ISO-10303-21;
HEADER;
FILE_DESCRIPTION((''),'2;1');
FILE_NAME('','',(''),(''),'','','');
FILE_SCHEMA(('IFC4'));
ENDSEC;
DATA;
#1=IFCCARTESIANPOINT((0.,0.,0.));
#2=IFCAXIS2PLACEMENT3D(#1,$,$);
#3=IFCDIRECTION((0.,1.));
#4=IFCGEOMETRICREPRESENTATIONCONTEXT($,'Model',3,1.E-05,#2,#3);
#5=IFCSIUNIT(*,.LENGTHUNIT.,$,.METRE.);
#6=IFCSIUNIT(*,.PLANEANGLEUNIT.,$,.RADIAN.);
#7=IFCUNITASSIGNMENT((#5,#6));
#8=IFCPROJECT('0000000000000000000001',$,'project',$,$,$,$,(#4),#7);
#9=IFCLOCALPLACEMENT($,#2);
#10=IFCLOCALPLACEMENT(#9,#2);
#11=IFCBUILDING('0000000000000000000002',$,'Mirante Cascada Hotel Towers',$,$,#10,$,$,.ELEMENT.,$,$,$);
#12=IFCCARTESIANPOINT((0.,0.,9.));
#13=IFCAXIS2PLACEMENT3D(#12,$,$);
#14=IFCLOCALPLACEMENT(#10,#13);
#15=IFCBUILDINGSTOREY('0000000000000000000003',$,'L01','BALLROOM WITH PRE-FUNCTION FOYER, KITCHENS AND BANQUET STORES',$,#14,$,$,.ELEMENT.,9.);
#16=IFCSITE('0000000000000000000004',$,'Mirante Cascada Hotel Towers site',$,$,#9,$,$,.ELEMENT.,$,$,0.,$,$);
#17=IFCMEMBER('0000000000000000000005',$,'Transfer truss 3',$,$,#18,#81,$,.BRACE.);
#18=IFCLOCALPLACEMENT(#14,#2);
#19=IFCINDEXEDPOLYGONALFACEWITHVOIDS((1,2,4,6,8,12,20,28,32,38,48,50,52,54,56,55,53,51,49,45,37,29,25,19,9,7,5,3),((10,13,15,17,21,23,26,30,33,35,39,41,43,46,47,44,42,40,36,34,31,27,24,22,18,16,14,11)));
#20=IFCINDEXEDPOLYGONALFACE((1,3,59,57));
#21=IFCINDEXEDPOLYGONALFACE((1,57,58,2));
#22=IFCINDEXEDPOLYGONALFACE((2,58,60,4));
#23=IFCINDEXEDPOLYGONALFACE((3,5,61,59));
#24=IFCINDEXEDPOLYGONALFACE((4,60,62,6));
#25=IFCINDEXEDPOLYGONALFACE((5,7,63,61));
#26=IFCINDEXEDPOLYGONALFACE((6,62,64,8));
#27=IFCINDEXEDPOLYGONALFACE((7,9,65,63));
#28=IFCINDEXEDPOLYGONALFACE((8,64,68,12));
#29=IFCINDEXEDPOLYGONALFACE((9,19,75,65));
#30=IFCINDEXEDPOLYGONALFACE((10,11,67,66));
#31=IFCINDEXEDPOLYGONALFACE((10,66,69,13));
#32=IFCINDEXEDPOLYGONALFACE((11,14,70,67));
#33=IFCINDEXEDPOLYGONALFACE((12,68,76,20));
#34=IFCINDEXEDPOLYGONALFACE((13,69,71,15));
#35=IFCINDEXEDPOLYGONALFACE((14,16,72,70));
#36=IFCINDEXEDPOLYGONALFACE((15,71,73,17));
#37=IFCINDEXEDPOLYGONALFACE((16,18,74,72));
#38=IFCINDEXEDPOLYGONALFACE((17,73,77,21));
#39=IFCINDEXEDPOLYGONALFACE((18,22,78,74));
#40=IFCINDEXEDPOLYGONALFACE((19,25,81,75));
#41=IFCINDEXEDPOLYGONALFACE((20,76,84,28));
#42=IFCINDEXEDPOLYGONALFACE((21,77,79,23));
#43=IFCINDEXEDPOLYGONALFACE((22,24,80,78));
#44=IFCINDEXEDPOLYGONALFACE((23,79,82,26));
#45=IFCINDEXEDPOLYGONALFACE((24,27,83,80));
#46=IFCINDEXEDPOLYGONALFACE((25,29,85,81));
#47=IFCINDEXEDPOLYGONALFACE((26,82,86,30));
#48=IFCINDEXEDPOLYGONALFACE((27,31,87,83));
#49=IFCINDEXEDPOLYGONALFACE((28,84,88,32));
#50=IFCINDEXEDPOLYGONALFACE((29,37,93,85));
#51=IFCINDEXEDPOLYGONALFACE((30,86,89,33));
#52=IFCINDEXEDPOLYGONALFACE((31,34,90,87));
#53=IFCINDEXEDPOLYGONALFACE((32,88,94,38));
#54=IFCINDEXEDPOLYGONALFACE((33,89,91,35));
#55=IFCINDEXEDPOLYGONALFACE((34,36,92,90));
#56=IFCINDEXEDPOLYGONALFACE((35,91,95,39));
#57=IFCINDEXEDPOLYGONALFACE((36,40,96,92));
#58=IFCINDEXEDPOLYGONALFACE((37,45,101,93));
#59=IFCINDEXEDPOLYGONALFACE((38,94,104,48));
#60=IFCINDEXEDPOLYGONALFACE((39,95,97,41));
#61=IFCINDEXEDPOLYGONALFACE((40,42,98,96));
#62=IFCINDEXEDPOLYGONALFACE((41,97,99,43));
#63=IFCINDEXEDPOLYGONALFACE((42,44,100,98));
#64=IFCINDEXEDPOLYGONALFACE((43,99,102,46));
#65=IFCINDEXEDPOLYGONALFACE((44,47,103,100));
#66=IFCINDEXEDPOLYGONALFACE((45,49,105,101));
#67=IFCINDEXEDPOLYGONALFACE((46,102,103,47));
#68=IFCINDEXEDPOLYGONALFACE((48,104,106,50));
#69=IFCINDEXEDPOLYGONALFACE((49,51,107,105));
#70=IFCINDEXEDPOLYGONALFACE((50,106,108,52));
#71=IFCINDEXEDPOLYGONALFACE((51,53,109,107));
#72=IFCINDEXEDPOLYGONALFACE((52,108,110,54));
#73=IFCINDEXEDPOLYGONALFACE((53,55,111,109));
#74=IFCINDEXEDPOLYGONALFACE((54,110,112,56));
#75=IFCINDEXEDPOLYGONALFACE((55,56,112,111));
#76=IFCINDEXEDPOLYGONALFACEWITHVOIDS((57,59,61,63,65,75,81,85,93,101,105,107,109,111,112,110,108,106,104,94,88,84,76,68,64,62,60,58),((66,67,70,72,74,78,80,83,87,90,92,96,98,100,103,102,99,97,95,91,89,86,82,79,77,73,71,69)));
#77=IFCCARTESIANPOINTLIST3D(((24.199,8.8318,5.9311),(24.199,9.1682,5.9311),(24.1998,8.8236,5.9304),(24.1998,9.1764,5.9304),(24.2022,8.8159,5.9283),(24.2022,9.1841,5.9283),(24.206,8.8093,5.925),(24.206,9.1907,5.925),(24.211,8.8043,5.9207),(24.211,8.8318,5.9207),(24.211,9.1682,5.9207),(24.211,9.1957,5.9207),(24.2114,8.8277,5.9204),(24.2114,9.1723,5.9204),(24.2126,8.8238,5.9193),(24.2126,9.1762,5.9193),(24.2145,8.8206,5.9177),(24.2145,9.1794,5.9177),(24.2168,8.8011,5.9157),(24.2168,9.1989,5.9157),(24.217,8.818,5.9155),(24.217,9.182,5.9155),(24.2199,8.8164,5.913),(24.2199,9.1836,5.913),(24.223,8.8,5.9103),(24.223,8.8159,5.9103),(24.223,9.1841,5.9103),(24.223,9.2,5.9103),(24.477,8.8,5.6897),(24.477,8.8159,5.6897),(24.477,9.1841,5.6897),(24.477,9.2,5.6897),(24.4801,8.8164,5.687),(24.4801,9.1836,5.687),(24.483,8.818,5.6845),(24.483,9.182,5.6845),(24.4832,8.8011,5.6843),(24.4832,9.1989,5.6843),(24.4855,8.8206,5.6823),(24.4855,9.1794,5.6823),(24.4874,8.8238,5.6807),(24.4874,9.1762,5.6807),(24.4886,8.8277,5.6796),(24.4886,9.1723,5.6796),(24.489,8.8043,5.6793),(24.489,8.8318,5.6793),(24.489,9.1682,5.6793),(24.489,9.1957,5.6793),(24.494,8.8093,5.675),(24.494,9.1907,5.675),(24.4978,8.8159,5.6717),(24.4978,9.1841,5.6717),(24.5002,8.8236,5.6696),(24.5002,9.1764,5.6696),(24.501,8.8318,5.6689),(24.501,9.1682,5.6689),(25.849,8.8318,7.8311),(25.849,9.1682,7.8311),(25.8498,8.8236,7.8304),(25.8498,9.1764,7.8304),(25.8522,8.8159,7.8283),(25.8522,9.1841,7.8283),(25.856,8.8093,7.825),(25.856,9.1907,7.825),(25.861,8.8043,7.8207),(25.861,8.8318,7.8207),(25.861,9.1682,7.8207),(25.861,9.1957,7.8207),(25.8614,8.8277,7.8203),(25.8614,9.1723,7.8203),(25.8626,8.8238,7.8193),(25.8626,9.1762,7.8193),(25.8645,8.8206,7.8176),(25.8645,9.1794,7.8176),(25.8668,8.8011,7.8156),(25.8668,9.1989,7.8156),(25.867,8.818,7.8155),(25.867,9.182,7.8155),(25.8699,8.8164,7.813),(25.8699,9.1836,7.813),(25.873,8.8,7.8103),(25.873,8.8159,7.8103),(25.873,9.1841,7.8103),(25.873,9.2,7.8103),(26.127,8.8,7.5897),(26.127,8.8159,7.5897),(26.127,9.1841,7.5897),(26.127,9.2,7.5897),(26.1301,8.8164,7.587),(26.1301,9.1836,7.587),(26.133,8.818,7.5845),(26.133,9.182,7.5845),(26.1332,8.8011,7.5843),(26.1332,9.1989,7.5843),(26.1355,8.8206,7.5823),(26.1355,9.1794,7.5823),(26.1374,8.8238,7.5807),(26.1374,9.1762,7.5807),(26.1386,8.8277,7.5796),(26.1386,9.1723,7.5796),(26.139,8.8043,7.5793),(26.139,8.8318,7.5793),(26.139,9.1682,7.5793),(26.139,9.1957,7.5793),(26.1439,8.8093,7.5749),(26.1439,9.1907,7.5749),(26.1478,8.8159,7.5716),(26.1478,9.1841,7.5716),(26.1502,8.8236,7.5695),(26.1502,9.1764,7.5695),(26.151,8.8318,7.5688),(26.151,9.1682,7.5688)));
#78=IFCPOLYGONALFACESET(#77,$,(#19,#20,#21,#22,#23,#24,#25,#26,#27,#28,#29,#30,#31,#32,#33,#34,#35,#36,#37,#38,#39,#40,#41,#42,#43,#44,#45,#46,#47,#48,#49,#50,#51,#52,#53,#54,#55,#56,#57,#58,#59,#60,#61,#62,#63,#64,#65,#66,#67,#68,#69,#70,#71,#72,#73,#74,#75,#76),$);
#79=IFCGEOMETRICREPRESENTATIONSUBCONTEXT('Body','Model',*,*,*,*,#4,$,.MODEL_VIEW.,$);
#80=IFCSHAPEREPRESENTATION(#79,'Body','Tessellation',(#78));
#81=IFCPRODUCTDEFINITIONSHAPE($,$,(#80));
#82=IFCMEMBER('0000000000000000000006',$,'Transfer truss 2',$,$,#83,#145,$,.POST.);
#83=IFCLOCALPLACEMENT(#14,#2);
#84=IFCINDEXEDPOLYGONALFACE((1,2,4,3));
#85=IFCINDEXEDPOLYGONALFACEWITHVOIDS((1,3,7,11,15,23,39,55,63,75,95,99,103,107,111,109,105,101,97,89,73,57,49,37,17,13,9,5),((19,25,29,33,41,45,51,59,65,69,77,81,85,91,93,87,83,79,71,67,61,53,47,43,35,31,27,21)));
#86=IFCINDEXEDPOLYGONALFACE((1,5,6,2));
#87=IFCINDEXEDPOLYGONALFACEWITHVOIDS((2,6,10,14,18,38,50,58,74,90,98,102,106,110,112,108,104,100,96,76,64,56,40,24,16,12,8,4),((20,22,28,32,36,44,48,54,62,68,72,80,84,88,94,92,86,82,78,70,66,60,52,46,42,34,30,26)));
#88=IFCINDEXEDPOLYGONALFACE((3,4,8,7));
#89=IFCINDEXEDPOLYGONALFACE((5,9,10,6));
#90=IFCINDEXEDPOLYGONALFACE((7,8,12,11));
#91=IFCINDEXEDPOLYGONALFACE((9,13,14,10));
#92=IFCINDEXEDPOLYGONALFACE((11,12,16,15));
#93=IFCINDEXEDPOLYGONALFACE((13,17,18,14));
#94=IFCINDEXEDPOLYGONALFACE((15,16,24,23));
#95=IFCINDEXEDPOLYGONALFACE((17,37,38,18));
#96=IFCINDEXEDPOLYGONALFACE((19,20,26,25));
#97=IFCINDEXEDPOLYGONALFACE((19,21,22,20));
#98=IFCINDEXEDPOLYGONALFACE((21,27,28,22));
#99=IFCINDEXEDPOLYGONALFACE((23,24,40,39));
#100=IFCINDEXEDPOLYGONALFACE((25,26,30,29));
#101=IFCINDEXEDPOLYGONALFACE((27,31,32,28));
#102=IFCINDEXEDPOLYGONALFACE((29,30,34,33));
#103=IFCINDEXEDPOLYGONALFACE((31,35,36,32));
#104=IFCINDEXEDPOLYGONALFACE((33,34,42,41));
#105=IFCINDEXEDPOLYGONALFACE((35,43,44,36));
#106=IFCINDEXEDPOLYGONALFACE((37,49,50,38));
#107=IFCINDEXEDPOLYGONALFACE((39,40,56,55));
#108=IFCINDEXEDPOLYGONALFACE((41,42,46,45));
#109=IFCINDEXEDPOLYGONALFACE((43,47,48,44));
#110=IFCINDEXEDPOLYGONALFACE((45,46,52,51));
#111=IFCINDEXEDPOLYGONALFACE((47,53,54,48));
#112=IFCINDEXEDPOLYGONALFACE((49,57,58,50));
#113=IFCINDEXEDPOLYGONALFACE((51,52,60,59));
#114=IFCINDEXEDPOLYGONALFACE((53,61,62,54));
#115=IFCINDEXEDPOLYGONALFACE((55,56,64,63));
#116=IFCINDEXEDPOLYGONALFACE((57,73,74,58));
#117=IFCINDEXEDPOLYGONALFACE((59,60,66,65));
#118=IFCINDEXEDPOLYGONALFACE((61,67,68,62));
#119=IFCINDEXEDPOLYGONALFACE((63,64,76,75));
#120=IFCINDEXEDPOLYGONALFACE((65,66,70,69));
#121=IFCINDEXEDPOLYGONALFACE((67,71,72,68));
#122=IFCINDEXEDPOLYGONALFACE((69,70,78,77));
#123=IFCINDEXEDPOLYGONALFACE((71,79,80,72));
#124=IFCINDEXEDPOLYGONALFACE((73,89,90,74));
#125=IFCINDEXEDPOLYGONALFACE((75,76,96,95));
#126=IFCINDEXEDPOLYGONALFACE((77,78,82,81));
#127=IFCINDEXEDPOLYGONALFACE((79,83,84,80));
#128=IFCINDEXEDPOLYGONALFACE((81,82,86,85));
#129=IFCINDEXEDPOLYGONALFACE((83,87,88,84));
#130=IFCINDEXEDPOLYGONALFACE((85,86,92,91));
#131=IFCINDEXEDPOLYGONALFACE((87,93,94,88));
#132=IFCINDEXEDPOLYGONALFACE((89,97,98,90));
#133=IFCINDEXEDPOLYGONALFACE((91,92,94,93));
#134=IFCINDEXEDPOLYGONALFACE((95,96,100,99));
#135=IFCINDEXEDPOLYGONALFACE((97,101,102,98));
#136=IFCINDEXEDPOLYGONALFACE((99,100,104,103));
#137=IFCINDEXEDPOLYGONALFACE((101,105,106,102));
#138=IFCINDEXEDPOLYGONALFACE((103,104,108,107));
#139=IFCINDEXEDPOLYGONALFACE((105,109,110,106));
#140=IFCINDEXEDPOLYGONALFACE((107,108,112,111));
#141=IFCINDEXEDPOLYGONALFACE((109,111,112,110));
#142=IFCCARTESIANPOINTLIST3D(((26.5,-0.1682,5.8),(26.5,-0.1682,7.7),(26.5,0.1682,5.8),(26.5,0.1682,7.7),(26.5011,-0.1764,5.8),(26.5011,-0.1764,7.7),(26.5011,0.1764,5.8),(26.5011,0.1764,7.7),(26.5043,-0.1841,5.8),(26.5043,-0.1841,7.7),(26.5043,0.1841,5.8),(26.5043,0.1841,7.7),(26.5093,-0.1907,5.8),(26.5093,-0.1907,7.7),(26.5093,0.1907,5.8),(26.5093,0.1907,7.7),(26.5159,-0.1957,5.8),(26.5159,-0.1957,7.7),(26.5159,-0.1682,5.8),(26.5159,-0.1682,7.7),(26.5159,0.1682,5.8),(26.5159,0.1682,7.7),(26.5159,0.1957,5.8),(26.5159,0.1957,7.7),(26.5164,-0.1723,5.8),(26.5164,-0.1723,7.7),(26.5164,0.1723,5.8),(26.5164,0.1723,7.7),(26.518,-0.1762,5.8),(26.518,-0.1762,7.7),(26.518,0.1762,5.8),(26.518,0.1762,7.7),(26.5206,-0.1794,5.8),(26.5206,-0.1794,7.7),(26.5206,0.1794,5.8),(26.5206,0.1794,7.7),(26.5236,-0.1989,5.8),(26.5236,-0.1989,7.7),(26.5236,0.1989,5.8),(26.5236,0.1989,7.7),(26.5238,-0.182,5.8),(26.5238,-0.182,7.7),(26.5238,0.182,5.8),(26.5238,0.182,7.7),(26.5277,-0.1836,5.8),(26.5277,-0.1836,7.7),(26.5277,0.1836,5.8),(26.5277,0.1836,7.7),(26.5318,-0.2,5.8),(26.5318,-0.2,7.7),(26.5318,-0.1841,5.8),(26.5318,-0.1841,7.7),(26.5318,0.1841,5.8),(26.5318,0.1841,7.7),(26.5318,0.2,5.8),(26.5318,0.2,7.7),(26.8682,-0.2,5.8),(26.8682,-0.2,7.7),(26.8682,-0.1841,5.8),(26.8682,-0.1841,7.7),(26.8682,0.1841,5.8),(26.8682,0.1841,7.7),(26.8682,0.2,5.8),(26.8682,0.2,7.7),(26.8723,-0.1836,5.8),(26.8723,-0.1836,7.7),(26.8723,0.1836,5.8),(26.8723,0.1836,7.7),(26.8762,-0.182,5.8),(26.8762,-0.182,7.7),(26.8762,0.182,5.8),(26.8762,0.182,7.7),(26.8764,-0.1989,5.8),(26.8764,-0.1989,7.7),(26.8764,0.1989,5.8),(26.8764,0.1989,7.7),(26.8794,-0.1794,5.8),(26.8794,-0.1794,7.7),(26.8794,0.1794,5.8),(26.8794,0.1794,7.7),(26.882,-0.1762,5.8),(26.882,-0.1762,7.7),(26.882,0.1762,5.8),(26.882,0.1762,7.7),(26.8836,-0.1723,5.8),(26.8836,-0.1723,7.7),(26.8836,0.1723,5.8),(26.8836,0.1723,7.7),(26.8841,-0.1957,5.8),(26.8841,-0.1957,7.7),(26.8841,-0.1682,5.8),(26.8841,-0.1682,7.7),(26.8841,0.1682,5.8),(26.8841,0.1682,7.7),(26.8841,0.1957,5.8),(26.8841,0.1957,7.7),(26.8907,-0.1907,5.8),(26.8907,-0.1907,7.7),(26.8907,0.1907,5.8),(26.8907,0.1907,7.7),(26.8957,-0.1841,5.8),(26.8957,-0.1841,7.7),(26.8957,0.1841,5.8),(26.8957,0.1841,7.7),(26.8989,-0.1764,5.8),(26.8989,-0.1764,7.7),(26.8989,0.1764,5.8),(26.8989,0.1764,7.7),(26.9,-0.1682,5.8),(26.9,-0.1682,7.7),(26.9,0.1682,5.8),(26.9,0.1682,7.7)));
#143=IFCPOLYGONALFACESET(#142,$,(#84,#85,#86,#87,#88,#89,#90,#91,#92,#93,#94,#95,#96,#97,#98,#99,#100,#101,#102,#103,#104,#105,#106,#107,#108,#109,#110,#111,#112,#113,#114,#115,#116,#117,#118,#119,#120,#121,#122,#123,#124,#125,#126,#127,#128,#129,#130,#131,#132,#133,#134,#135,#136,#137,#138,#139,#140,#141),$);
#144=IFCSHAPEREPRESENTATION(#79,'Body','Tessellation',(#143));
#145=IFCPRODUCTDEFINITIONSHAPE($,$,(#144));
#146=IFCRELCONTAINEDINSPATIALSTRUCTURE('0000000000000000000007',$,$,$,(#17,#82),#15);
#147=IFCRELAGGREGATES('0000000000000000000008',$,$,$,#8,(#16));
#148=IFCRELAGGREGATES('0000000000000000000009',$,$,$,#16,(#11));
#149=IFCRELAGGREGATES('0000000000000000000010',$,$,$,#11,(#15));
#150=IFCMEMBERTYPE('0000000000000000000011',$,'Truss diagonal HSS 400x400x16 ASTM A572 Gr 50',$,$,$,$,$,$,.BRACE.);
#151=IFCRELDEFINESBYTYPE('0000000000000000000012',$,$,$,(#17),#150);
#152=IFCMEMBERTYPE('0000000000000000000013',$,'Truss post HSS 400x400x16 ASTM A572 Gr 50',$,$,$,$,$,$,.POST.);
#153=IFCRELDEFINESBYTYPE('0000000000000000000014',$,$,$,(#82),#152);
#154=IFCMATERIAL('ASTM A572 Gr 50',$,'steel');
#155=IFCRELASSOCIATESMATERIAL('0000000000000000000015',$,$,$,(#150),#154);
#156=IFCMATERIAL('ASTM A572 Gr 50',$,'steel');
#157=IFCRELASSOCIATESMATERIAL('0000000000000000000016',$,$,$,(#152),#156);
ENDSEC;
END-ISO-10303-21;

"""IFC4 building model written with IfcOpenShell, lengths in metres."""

from ifc_helpers import new_model, si_unit, direction, frame, origin, origin_2d, place, context, subcontext, project, spatial, hollow_rectangle, extrude, material, material_profile, profile_set, type_object, element, save


model = new_model("IFC4")

# Units and contexts
model_context = context("Model", 3, precision=1e-05, world=origin(), true_north=direction((0.0, 1.0)))
body_context = subcontext(model_context, "Body", "Model", "MODEL_VIEW")
ifc_project = project(units=[si_unit("LENGTHUNIT", "METRE"), si_unit("PLANEANGLEUNIT", "RADIAN")], contexts=[model_context])

# Site, building, storey
site_placement = place(None, origin())
site = spatial("IfcSite", under=ifc_project, at=site_placement, Name="Mirante Cascada Hotel Towers site", CompositionType="ELEMENT", RefElevation=0.0)
building_placement = place(site_placement, origin())
building = spatial("IfcBuilding", under=site, at=building_placement, Name="Mirante Cascada Hotel Towers", CompositionType="ELEMENT")
storey_placement = place(building_placement, frame((0.0, 0.0, 9.0)))
storey = spatial("IfcBuildingStorey", under=building, at=storey_placement, Name="L01", Description="BALLROOM WITH PRE-FUNCTION FOYER, KITCHENS AND BANQUET STORES", CompositionType="ELEMENT", Elevation=9.0)

# Members
ifc_material_1 = material(Name="ASTM A572 Gr 50", Category="steel")
ifc_material_profile_1 = material_profile(ifc_material_1, hollow_rectangle(XDim=0.4, YDim=0.4, WallThickness=0.0159, InnerFilletRadius=0.0159, OuterFilletRadius=0.0318, at=origin_2d()), Name="HSS 400x400x16")
ifc_profile_set_1 = profile_set([ifc_material_profile_1], Name="ASTM A572 Gr 50")
member_type_1 = type_object("IfcMemberType", Name="Truss diagonal HSS 400x400x16 ASTM A572 Gr 50", PredefinedType="BRACE", material=ifc_profile_set_1)
member_1_placement = place(storey_placement, frame((24.35, 9.0, 5.8), z_axis=(0.655687, 0.0, 0.755033), x_axis=(0.0, 1.0, 0.0)))
element("IfcMember", 1, at=member_1_placement, inside=storey, type_object=member_type_1, Name="Transfer truss 3", PredefinedType="BRACE", context=body_context, shape_type="SweptSolid", body=[
    extrude(hollow_rectangle(XDim=0.4, YDim=0.4, WallThickness=0.0159, InnerFilletRadius=0.0159, OuterFilletRadius=0.0318, at=origin_2d()), origin(), (0.0, 0.0, 1.0), 2.5164),
])
ifc_material_2 = material(Name="ASTM A572 Gr 50", Category="steel")
ifc_material_profile_2 = material_profile(ifc_material_2, hollow_rectangle(XDim=0.4, YDim=0.4, WallThickness=0.0159, InnerFilletRadius=0.0159, OuterFilletRadius=0.0318, at=origin_2d()), Name="HSS 400x400x16")
ifc_profile_set_2 = profile_set([ifc_material_profile_2], Name="ASTM A572 Gr 50")
member_type_2 = type_object("IfcMemberType", Name="Truss post HSS 400x400x16 ASTM A572 Gr 50", PredefinedType="POST", material=ifc_profile_set_2)
for number, where, z_axis, x_axis, name in (
    (2, (26.7, 0.0, 5.8), (0.0, 0.0, 1.0), (1.0, 0.0, 0.0), "Transfer truss 2"),
):
    element("IfcMember", number, at=place(storey_placement, frame(where, z_axis=z_axis, x_axis=x_axis)), inside=storey, type_object=member_type_2, Name=name, PredefinedType="POST", context=body_context, shape_type="SweptSolid", body=[
        extrude(hollow_rectangle(XDim=0.4, YDim=0.4, WallThickness=0.0159, InnerFilletRadius=0.0159, OuterFilletRadius=0.0318, at=origin_2d()), origin(), (0.0, 0.0, 1.0), 1.9),
    ])

save(model, "model.ifc")
